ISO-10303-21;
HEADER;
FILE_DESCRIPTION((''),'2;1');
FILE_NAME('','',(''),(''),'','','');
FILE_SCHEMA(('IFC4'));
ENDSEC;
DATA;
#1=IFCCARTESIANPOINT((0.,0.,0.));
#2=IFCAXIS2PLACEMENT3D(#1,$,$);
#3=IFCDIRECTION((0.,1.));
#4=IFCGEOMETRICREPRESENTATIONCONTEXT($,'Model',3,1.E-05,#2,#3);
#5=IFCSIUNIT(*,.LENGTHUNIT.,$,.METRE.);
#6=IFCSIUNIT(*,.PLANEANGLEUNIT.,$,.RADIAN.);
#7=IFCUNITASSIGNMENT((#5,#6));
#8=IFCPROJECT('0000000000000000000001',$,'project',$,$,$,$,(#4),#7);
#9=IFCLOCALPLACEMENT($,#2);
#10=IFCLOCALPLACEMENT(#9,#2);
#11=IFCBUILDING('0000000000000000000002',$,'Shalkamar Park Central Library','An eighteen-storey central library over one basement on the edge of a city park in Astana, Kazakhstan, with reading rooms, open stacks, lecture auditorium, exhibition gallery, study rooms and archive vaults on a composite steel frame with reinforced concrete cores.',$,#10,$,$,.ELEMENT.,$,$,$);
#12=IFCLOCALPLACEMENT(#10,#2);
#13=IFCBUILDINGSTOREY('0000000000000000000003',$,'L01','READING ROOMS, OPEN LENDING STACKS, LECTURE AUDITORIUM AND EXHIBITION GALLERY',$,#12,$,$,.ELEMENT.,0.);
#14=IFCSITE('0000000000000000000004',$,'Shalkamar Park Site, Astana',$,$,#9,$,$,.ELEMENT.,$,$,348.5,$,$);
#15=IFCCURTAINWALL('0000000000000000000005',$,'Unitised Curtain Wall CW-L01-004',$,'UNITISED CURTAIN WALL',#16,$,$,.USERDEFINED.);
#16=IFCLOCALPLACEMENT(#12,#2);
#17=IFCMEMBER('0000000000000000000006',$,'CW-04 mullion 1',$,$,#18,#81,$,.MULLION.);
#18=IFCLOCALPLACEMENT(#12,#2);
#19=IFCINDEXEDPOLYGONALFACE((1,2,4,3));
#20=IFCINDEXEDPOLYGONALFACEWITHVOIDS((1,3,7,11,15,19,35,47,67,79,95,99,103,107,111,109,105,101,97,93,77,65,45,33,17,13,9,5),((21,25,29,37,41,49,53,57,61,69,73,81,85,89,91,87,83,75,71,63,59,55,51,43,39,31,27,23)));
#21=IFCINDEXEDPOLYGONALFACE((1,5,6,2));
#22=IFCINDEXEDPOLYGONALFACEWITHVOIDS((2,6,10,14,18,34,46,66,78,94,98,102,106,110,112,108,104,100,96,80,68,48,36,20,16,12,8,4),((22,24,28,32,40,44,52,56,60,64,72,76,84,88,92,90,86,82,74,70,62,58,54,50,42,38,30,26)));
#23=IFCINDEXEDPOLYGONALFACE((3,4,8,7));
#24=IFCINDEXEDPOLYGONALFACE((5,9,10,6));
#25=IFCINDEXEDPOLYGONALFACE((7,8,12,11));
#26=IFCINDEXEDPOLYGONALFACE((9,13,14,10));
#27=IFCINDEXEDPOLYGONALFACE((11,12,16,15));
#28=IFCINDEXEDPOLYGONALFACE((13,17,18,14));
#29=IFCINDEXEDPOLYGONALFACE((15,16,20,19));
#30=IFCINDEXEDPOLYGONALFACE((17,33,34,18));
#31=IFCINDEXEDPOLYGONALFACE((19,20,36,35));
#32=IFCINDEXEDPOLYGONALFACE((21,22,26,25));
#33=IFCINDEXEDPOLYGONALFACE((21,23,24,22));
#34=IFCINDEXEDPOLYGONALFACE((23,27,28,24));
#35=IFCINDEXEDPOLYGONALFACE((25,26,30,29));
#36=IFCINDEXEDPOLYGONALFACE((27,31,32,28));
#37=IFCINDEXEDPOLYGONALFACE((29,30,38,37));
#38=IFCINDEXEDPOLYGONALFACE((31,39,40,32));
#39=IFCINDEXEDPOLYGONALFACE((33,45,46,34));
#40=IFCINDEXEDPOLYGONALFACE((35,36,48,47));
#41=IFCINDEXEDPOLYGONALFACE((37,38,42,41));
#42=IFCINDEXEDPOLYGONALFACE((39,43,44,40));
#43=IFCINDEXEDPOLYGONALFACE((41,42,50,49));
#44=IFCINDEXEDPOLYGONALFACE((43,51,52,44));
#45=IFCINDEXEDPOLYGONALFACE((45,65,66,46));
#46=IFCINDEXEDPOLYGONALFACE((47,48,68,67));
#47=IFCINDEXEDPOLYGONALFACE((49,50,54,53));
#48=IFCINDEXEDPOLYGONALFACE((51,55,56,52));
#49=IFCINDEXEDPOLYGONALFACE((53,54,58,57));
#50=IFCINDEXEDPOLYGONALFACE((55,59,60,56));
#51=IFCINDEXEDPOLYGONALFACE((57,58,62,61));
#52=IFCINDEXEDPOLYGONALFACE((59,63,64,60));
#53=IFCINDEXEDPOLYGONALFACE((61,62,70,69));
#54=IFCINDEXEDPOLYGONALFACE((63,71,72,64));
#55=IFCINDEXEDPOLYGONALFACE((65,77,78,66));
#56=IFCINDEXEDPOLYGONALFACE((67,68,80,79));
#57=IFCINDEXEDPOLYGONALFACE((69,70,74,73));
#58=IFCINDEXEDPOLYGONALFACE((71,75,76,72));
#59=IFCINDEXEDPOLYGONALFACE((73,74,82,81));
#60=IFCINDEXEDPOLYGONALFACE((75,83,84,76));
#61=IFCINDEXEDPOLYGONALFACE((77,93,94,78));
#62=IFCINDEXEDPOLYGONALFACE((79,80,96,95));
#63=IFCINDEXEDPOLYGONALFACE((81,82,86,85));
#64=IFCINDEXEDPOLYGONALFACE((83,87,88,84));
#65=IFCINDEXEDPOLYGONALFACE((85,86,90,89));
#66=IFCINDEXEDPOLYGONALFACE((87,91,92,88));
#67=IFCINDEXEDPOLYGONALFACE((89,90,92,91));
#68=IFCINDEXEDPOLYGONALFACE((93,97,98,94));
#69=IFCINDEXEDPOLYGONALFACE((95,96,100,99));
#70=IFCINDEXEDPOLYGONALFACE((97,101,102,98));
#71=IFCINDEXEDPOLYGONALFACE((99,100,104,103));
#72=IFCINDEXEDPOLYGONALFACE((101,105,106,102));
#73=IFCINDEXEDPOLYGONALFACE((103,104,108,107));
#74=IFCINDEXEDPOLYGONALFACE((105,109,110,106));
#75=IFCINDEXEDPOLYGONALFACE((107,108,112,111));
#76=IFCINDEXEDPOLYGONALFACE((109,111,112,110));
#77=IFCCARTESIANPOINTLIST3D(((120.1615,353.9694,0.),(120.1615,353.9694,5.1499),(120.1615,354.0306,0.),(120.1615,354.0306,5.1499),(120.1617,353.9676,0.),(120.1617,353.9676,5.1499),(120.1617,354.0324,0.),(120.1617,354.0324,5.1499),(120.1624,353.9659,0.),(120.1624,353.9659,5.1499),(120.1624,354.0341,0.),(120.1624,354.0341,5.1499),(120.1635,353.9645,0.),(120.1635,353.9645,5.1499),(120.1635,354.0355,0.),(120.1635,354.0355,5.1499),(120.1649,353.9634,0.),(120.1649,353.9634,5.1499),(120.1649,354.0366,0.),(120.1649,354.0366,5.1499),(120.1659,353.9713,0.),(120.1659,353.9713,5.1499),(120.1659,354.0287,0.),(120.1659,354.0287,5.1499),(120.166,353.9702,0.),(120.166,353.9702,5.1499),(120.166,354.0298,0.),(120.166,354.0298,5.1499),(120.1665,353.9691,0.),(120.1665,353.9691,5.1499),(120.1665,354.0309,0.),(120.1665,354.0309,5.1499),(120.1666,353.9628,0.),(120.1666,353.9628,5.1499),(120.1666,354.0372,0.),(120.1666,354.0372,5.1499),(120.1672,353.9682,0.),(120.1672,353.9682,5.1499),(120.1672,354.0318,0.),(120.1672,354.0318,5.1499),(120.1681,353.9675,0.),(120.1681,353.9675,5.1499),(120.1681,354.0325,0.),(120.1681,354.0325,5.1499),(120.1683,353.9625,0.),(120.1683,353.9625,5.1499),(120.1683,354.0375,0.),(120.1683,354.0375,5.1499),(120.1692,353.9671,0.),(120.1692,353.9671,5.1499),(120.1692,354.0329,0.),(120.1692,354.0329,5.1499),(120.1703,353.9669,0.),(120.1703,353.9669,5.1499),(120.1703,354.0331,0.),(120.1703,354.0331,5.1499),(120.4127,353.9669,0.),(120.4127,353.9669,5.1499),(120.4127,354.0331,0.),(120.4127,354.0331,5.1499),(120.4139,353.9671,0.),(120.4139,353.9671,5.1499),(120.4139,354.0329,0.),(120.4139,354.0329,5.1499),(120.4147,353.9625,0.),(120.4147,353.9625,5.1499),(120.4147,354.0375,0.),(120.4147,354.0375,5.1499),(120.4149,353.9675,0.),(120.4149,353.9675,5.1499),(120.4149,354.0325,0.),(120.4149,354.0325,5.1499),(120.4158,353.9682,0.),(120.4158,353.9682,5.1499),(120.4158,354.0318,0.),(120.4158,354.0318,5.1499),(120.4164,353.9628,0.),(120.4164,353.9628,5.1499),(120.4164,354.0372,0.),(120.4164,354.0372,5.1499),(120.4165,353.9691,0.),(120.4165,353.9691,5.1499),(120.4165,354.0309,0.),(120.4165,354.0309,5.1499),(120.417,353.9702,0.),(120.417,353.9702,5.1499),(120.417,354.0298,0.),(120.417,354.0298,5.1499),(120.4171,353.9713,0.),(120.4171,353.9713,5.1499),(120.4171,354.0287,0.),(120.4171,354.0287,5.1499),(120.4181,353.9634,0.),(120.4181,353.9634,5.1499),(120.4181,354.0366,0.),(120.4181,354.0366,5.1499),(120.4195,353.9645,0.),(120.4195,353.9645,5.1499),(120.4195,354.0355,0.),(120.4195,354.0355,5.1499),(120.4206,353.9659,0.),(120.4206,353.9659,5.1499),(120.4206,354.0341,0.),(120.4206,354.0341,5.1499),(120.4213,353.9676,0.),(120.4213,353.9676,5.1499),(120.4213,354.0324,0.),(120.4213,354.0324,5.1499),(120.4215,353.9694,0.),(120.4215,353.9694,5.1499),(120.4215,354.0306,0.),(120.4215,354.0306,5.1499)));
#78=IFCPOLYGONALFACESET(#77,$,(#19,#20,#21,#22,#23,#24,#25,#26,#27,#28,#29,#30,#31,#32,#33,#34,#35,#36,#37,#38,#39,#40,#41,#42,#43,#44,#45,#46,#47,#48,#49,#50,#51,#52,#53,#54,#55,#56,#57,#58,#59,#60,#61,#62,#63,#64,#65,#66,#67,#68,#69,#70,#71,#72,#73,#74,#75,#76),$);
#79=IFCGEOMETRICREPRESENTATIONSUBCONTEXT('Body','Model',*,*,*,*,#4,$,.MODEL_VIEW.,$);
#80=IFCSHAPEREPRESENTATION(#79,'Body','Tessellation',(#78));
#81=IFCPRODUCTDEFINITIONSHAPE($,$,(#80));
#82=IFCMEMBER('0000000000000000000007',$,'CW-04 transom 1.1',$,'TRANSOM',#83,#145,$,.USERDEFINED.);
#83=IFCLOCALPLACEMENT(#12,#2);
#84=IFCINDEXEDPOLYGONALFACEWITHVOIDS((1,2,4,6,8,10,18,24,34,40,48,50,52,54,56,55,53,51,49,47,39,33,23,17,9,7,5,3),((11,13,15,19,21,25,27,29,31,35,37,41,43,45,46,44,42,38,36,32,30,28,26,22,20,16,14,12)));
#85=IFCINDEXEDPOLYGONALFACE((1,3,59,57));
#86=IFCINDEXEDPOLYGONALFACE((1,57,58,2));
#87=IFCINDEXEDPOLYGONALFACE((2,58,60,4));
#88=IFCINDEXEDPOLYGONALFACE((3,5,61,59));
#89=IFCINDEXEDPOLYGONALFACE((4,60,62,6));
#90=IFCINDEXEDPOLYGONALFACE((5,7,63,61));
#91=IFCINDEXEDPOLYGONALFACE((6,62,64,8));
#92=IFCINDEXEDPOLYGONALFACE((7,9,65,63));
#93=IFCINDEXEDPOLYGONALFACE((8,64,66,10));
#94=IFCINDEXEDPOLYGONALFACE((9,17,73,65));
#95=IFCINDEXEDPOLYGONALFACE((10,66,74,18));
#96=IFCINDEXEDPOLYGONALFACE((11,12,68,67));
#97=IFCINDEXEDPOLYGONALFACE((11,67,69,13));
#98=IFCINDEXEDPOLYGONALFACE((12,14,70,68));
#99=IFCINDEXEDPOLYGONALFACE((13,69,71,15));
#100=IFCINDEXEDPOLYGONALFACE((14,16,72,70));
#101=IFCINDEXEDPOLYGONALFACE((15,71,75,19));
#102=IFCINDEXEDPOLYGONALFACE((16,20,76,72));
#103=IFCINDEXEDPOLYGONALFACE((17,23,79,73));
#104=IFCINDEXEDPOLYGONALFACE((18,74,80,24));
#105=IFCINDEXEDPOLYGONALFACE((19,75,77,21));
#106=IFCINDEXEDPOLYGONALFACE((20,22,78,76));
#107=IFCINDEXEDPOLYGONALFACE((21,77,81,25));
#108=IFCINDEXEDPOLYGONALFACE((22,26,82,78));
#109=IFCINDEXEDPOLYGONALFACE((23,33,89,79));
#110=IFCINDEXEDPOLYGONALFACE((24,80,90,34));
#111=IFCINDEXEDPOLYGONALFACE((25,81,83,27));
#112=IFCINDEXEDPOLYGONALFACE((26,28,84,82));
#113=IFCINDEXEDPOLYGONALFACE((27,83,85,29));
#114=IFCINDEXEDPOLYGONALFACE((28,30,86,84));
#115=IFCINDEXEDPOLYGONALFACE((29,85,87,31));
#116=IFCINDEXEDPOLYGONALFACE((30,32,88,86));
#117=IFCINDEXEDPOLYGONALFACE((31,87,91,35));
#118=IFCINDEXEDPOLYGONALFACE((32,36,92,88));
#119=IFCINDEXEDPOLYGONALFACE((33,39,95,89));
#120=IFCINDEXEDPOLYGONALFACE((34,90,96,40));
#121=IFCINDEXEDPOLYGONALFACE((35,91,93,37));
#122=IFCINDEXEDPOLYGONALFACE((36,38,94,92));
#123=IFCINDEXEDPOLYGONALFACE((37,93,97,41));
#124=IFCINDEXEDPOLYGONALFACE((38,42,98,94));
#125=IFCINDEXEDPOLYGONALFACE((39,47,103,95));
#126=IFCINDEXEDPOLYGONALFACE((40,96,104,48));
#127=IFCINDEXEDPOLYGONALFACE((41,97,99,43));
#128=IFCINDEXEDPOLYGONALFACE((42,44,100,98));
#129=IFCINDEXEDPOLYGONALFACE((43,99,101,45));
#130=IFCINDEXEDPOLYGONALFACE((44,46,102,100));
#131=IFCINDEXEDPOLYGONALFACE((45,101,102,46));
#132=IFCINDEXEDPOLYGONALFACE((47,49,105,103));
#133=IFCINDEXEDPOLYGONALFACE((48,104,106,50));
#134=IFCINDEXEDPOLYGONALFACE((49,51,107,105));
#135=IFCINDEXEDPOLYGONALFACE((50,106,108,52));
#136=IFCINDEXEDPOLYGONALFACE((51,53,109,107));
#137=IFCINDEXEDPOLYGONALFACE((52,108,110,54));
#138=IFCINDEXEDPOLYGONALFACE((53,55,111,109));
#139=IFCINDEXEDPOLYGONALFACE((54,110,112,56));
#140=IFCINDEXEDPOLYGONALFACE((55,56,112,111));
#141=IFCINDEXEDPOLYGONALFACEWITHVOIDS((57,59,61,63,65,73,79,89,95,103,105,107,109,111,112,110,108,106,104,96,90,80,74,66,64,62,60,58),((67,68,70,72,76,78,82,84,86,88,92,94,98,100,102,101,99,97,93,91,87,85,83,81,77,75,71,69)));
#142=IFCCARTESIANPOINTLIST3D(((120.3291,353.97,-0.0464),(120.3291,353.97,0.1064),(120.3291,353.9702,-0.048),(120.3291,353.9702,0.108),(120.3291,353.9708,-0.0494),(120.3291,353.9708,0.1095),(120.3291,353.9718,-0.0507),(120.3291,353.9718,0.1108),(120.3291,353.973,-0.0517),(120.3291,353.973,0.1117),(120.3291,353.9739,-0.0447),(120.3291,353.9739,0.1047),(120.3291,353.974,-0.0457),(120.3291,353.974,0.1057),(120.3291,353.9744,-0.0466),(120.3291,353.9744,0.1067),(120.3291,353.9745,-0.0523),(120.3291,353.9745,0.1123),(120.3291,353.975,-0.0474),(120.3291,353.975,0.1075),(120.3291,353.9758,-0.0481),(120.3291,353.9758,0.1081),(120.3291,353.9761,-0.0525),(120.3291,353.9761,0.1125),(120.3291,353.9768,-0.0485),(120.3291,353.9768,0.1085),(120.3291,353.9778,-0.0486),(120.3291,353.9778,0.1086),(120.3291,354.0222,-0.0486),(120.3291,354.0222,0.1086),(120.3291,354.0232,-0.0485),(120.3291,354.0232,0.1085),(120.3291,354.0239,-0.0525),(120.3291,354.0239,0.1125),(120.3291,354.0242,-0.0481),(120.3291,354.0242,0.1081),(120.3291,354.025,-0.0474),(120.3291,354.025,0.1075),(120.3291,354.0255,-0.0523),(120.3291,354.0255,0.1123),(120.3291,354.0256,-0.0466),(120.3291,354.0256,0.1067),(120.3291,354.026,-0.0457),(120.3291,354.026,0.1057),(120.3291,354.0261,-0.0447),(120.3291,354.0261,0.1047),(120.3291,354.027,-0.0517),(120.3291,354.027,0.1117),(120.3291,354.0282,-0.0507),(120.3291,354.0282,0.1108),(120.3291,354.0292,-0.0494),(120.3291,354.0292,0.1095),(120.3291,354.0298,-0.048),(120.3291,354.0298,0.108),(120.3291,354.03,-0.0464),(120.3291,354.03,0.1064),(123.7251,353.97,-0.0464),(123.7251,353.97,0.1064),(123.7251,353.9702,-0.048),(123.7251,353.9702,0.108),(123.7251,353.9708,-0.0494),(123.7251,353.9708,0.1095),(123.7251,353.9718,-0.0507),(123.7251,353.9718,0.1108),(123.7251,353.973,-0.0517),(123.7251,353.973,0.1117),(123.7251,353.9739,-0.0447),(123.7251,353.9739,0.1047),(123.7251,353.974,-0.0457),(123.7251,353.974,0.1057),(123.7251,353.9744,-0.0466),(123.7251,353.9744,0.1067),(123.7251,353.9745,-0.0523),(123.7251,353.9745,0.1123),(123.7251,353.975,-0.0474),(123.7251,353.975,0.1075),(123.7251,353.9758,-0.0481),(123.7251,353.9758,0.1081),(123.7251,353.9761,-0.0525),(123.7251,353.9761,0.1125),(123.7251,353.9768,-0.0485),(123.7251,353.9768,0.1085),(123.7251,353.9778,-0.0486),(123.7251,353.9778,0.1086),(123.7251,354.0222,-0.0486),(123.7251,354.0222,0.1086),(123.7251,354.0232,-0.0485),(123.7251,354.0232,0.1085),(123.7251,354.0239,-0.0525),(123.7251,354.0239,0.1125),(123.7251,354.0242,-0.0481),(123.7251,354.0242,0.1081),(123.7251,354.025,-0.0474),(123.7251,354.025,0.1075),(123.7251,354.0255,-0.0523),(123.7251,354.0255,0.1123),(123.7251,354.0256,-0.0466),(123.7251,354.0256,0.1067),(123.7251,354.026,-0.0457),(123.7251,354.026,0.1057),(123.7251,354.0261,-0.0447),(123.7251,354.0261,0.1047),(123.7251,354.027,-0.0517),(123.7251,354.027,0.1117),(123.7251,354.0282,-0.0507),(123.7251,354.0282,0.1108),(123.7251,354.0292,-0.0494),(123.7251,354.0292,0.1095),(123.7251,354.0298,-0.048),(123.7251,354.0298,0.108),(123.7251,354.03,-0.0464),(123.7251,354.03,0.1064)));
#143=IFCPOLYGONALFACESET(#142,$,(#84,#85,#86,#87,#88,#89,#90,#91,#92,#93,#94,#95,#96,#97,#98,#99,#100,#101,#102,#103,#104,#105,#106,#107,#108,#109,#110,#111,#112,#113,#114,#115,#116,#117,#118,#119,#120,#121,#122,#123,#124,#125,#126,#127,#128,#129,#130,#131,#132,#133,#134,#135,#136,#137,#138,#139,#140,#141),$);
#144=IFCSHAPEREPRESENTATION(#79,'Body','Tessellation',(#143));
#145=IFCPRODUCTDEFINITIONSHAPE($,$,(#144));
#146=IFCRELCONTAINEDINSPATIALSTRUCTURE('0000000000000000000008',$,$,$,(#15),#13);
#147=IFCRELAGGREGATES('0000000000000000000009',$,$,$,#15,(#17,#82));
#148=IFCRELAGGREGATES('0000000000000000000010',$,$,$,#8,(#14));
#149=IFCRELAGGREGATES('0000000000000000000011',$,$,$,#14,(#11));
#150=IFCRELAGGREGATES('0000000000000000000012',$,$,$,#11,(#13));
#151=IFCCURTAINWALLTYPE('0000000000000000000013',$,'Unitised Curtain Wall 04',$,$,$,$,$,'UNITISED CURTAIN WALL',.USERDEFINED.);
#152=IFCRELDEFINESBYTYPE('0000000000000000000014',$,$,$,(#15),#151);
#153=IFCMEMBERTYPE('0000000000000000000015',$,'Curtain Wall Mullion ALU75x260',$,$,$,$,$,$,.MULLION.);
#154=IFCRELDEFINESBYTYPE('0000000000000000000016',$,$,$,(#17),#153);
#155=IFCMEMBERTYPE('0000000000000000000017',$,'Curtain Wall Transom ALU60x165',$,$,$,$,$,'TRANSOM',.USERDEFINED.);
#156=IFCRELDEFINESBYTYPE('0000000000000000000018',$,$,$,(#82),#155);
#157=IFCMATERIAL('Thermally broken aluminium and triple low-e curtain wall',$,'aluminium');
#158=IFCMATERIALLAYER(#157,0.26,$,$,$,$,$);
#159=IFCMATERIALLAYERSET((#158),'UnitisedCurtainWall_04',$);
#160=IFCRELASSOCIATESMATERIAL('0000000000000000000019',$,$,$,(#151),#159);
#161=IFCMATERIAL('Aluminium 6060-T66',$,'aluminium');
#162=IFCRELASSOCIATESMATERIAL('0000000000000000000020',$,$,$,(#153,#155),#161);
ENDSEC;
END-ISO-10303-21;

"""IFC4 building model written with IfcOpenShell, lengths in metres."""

from ifc_helpers import new_model, si_unit, direction, frame, origin, origin_2d, place, context, subcontext, project, spatial, hollow_rectangle, extrude, material, layer, layer_set, material_profile, profile_set, type_object, element, aggregate, save


model = new_model("IFC4")

# Units and contexts
model_context = context("Model", 3, precision=1e-05, world=origin(), true_north=direction((0.0, 1.0)))
body_context = subcontext(model_context, "Body", "Model", "MODEL_VIEW")
ifc_project = project(units=[si_unit("LENGTHUNIT", "METRE"), si_unit("PLANEANGLEUNIT", "RADIAN")], contexts=[model_context])

# Site, building, storey
site_placement = place(None, origin())
site = spatial("IfcSite", under=ifc_project, at=site_placement, Name="Shalkamar Park Site, Astana", CompositionType="ELEMENT", RefElevation=348.5)
building_placement = place(site_placement, origin())
building = spatial("IfcBuilding", under=site, at=building_placement, Name="Shalkamar Park Central Library", Description="An eighteen-storey central library over one basement on the edge of a city park in Astana, Kazakhstan, with reading rooms, open stacks, lecture auditorium, exhibition gallery, study rooms and archive vaults on a composite steel frame with reinforced concrete cores.", CompositionType="ELEMENT")
storey_placement = place(building_placement, origin())
storey = spatial("IfcBuildingStorey", under=building, at=storey_placement, Name="L01", Description="READING ROOMS, OPEN LENDING STACKS, LECTURE AUDITORIUM AND EXHIBITION GALLERY", CompositionType="ELEMENT", Elevation=0.0)

# Curtain wall, members
ifc_material_1 = material(Name="Thermally broken aluminium and triple low-e curtain wall", Category="aluminium")
ifc_layer_1 = layer(ifc_material_1, 0.26)
ifc_layer_set_1 = layer_set([ifc_layer_1], Name="UnitisedCurtainWall_04")
curtain_wall_type = type_object("IfcCurtainWallType", Name="Unitised Curtain Wall 04", ElementType="UNITISED CURTAIN WALL", PredefinedType="USERDEFINED", material=ifc_layer_set_1)
curtain_wall_placement = place(storey_placement, origin())
curtain_wall = element("IfcCurtainWall", 1, at=curtain_wall_placement, inside=storey, type_object=curtain_wall_type, Name="Unitised Curtain Wall CW-L01-004", ObjectType="UNITISED CURTAIN WALL", PredefinedType="USERDEFINED")
ifc_material_2 = material(Name="Aluminium 6060-T66", Category="aluminium")
ifc_material_profile_1 = material_profile(ifc_material_2, hollow_rectangle(XDim=0.075, YDim=0.26, WallThickness=0.0044, InnerFilletRadius=0.0044, OuterFilletRadius=0.0068, at=origin_2d()), Name="ALU 75x260x4.5")
ifc_profile_set_1 = profile_set([ifc_material_profile_1], Name="Aluminium 6060-T66")
member_type_1 = type_object("IfcMemberType", Name="Curtain Wall Mullion ALU75x260", PredefinedType="MULLION", material=ifc_profile_set_1)
member_1_placement = place(storey_placement, frame((120.2915, 354.0, 0.0), z_axis=(0.0, 0.0, 1.0), x_axis=(0.0, 1.0, 0.0)))
member_1 = element("IfcMember", 2, at=member_1_placement, type_object=member_type_1, Name="CW-04 mullion 1", PredefinedType="MULLION", context=body_context, shape_type="SweptSolid", body=[
    extrude(hollow_rectangle(XDim=0.075, YDim=0.26, WallThickness=0.0044, InnerFilletRadius=0.0044, OuterFilletRadius=0.0068, at=origin_2d()), origin(), (0.0, 0.0, 1.0), 5.1499),
])
ifc_material_profile_2 = material_profile(ifc_material_2, hollow_rectangle(XDim=0.0601, YDim=0.165, WallThickness=0.0039, InnerFilletRadius=0.0039, OuterFilletRadius=0.0061, at=origin_2d()), Name="ALU 60x165x4")
ifc_profile_set_2 = profile_set([ifc_material_profile_2], Name="Aluminium 6060-T66")
member_type_2 = type_object("IfcMemberType", Name="Curtain Wall Transom ALU60x165", ElementType="TRANSOM", PredefinedType="USERDEFINED", material=ifc_profile_set_2)
member_2_placement = place(storey_placement, frame((120.3291, 354.0, 0.03), z_axis=(1.0, 0.0, 0.0), x_axis=(0.0, 1.0, 0.0)))
member_2 = element("IfcMember", 3, at=member_2_placement, type_object=member_type_2, Name="CW-04 transom 1.1", ObjectType="TRANSOM", PredefinedType="USERDEFINED", context=body_context, shape_type="SweptSolid", body=[
    extrude(hollow_rectangle(XDim=0.0601, YDim=0.165, WallThickness=0.0039, InnerFilletRadius=0.0039, OuterFilletRadius=0.0061, at=origin_2d()), origin(), (0.0, 0.0, 1.0), 3.396),
])
aggregate(curtain_wall, [member_1, member_2])

save(model, "model.ifc")
